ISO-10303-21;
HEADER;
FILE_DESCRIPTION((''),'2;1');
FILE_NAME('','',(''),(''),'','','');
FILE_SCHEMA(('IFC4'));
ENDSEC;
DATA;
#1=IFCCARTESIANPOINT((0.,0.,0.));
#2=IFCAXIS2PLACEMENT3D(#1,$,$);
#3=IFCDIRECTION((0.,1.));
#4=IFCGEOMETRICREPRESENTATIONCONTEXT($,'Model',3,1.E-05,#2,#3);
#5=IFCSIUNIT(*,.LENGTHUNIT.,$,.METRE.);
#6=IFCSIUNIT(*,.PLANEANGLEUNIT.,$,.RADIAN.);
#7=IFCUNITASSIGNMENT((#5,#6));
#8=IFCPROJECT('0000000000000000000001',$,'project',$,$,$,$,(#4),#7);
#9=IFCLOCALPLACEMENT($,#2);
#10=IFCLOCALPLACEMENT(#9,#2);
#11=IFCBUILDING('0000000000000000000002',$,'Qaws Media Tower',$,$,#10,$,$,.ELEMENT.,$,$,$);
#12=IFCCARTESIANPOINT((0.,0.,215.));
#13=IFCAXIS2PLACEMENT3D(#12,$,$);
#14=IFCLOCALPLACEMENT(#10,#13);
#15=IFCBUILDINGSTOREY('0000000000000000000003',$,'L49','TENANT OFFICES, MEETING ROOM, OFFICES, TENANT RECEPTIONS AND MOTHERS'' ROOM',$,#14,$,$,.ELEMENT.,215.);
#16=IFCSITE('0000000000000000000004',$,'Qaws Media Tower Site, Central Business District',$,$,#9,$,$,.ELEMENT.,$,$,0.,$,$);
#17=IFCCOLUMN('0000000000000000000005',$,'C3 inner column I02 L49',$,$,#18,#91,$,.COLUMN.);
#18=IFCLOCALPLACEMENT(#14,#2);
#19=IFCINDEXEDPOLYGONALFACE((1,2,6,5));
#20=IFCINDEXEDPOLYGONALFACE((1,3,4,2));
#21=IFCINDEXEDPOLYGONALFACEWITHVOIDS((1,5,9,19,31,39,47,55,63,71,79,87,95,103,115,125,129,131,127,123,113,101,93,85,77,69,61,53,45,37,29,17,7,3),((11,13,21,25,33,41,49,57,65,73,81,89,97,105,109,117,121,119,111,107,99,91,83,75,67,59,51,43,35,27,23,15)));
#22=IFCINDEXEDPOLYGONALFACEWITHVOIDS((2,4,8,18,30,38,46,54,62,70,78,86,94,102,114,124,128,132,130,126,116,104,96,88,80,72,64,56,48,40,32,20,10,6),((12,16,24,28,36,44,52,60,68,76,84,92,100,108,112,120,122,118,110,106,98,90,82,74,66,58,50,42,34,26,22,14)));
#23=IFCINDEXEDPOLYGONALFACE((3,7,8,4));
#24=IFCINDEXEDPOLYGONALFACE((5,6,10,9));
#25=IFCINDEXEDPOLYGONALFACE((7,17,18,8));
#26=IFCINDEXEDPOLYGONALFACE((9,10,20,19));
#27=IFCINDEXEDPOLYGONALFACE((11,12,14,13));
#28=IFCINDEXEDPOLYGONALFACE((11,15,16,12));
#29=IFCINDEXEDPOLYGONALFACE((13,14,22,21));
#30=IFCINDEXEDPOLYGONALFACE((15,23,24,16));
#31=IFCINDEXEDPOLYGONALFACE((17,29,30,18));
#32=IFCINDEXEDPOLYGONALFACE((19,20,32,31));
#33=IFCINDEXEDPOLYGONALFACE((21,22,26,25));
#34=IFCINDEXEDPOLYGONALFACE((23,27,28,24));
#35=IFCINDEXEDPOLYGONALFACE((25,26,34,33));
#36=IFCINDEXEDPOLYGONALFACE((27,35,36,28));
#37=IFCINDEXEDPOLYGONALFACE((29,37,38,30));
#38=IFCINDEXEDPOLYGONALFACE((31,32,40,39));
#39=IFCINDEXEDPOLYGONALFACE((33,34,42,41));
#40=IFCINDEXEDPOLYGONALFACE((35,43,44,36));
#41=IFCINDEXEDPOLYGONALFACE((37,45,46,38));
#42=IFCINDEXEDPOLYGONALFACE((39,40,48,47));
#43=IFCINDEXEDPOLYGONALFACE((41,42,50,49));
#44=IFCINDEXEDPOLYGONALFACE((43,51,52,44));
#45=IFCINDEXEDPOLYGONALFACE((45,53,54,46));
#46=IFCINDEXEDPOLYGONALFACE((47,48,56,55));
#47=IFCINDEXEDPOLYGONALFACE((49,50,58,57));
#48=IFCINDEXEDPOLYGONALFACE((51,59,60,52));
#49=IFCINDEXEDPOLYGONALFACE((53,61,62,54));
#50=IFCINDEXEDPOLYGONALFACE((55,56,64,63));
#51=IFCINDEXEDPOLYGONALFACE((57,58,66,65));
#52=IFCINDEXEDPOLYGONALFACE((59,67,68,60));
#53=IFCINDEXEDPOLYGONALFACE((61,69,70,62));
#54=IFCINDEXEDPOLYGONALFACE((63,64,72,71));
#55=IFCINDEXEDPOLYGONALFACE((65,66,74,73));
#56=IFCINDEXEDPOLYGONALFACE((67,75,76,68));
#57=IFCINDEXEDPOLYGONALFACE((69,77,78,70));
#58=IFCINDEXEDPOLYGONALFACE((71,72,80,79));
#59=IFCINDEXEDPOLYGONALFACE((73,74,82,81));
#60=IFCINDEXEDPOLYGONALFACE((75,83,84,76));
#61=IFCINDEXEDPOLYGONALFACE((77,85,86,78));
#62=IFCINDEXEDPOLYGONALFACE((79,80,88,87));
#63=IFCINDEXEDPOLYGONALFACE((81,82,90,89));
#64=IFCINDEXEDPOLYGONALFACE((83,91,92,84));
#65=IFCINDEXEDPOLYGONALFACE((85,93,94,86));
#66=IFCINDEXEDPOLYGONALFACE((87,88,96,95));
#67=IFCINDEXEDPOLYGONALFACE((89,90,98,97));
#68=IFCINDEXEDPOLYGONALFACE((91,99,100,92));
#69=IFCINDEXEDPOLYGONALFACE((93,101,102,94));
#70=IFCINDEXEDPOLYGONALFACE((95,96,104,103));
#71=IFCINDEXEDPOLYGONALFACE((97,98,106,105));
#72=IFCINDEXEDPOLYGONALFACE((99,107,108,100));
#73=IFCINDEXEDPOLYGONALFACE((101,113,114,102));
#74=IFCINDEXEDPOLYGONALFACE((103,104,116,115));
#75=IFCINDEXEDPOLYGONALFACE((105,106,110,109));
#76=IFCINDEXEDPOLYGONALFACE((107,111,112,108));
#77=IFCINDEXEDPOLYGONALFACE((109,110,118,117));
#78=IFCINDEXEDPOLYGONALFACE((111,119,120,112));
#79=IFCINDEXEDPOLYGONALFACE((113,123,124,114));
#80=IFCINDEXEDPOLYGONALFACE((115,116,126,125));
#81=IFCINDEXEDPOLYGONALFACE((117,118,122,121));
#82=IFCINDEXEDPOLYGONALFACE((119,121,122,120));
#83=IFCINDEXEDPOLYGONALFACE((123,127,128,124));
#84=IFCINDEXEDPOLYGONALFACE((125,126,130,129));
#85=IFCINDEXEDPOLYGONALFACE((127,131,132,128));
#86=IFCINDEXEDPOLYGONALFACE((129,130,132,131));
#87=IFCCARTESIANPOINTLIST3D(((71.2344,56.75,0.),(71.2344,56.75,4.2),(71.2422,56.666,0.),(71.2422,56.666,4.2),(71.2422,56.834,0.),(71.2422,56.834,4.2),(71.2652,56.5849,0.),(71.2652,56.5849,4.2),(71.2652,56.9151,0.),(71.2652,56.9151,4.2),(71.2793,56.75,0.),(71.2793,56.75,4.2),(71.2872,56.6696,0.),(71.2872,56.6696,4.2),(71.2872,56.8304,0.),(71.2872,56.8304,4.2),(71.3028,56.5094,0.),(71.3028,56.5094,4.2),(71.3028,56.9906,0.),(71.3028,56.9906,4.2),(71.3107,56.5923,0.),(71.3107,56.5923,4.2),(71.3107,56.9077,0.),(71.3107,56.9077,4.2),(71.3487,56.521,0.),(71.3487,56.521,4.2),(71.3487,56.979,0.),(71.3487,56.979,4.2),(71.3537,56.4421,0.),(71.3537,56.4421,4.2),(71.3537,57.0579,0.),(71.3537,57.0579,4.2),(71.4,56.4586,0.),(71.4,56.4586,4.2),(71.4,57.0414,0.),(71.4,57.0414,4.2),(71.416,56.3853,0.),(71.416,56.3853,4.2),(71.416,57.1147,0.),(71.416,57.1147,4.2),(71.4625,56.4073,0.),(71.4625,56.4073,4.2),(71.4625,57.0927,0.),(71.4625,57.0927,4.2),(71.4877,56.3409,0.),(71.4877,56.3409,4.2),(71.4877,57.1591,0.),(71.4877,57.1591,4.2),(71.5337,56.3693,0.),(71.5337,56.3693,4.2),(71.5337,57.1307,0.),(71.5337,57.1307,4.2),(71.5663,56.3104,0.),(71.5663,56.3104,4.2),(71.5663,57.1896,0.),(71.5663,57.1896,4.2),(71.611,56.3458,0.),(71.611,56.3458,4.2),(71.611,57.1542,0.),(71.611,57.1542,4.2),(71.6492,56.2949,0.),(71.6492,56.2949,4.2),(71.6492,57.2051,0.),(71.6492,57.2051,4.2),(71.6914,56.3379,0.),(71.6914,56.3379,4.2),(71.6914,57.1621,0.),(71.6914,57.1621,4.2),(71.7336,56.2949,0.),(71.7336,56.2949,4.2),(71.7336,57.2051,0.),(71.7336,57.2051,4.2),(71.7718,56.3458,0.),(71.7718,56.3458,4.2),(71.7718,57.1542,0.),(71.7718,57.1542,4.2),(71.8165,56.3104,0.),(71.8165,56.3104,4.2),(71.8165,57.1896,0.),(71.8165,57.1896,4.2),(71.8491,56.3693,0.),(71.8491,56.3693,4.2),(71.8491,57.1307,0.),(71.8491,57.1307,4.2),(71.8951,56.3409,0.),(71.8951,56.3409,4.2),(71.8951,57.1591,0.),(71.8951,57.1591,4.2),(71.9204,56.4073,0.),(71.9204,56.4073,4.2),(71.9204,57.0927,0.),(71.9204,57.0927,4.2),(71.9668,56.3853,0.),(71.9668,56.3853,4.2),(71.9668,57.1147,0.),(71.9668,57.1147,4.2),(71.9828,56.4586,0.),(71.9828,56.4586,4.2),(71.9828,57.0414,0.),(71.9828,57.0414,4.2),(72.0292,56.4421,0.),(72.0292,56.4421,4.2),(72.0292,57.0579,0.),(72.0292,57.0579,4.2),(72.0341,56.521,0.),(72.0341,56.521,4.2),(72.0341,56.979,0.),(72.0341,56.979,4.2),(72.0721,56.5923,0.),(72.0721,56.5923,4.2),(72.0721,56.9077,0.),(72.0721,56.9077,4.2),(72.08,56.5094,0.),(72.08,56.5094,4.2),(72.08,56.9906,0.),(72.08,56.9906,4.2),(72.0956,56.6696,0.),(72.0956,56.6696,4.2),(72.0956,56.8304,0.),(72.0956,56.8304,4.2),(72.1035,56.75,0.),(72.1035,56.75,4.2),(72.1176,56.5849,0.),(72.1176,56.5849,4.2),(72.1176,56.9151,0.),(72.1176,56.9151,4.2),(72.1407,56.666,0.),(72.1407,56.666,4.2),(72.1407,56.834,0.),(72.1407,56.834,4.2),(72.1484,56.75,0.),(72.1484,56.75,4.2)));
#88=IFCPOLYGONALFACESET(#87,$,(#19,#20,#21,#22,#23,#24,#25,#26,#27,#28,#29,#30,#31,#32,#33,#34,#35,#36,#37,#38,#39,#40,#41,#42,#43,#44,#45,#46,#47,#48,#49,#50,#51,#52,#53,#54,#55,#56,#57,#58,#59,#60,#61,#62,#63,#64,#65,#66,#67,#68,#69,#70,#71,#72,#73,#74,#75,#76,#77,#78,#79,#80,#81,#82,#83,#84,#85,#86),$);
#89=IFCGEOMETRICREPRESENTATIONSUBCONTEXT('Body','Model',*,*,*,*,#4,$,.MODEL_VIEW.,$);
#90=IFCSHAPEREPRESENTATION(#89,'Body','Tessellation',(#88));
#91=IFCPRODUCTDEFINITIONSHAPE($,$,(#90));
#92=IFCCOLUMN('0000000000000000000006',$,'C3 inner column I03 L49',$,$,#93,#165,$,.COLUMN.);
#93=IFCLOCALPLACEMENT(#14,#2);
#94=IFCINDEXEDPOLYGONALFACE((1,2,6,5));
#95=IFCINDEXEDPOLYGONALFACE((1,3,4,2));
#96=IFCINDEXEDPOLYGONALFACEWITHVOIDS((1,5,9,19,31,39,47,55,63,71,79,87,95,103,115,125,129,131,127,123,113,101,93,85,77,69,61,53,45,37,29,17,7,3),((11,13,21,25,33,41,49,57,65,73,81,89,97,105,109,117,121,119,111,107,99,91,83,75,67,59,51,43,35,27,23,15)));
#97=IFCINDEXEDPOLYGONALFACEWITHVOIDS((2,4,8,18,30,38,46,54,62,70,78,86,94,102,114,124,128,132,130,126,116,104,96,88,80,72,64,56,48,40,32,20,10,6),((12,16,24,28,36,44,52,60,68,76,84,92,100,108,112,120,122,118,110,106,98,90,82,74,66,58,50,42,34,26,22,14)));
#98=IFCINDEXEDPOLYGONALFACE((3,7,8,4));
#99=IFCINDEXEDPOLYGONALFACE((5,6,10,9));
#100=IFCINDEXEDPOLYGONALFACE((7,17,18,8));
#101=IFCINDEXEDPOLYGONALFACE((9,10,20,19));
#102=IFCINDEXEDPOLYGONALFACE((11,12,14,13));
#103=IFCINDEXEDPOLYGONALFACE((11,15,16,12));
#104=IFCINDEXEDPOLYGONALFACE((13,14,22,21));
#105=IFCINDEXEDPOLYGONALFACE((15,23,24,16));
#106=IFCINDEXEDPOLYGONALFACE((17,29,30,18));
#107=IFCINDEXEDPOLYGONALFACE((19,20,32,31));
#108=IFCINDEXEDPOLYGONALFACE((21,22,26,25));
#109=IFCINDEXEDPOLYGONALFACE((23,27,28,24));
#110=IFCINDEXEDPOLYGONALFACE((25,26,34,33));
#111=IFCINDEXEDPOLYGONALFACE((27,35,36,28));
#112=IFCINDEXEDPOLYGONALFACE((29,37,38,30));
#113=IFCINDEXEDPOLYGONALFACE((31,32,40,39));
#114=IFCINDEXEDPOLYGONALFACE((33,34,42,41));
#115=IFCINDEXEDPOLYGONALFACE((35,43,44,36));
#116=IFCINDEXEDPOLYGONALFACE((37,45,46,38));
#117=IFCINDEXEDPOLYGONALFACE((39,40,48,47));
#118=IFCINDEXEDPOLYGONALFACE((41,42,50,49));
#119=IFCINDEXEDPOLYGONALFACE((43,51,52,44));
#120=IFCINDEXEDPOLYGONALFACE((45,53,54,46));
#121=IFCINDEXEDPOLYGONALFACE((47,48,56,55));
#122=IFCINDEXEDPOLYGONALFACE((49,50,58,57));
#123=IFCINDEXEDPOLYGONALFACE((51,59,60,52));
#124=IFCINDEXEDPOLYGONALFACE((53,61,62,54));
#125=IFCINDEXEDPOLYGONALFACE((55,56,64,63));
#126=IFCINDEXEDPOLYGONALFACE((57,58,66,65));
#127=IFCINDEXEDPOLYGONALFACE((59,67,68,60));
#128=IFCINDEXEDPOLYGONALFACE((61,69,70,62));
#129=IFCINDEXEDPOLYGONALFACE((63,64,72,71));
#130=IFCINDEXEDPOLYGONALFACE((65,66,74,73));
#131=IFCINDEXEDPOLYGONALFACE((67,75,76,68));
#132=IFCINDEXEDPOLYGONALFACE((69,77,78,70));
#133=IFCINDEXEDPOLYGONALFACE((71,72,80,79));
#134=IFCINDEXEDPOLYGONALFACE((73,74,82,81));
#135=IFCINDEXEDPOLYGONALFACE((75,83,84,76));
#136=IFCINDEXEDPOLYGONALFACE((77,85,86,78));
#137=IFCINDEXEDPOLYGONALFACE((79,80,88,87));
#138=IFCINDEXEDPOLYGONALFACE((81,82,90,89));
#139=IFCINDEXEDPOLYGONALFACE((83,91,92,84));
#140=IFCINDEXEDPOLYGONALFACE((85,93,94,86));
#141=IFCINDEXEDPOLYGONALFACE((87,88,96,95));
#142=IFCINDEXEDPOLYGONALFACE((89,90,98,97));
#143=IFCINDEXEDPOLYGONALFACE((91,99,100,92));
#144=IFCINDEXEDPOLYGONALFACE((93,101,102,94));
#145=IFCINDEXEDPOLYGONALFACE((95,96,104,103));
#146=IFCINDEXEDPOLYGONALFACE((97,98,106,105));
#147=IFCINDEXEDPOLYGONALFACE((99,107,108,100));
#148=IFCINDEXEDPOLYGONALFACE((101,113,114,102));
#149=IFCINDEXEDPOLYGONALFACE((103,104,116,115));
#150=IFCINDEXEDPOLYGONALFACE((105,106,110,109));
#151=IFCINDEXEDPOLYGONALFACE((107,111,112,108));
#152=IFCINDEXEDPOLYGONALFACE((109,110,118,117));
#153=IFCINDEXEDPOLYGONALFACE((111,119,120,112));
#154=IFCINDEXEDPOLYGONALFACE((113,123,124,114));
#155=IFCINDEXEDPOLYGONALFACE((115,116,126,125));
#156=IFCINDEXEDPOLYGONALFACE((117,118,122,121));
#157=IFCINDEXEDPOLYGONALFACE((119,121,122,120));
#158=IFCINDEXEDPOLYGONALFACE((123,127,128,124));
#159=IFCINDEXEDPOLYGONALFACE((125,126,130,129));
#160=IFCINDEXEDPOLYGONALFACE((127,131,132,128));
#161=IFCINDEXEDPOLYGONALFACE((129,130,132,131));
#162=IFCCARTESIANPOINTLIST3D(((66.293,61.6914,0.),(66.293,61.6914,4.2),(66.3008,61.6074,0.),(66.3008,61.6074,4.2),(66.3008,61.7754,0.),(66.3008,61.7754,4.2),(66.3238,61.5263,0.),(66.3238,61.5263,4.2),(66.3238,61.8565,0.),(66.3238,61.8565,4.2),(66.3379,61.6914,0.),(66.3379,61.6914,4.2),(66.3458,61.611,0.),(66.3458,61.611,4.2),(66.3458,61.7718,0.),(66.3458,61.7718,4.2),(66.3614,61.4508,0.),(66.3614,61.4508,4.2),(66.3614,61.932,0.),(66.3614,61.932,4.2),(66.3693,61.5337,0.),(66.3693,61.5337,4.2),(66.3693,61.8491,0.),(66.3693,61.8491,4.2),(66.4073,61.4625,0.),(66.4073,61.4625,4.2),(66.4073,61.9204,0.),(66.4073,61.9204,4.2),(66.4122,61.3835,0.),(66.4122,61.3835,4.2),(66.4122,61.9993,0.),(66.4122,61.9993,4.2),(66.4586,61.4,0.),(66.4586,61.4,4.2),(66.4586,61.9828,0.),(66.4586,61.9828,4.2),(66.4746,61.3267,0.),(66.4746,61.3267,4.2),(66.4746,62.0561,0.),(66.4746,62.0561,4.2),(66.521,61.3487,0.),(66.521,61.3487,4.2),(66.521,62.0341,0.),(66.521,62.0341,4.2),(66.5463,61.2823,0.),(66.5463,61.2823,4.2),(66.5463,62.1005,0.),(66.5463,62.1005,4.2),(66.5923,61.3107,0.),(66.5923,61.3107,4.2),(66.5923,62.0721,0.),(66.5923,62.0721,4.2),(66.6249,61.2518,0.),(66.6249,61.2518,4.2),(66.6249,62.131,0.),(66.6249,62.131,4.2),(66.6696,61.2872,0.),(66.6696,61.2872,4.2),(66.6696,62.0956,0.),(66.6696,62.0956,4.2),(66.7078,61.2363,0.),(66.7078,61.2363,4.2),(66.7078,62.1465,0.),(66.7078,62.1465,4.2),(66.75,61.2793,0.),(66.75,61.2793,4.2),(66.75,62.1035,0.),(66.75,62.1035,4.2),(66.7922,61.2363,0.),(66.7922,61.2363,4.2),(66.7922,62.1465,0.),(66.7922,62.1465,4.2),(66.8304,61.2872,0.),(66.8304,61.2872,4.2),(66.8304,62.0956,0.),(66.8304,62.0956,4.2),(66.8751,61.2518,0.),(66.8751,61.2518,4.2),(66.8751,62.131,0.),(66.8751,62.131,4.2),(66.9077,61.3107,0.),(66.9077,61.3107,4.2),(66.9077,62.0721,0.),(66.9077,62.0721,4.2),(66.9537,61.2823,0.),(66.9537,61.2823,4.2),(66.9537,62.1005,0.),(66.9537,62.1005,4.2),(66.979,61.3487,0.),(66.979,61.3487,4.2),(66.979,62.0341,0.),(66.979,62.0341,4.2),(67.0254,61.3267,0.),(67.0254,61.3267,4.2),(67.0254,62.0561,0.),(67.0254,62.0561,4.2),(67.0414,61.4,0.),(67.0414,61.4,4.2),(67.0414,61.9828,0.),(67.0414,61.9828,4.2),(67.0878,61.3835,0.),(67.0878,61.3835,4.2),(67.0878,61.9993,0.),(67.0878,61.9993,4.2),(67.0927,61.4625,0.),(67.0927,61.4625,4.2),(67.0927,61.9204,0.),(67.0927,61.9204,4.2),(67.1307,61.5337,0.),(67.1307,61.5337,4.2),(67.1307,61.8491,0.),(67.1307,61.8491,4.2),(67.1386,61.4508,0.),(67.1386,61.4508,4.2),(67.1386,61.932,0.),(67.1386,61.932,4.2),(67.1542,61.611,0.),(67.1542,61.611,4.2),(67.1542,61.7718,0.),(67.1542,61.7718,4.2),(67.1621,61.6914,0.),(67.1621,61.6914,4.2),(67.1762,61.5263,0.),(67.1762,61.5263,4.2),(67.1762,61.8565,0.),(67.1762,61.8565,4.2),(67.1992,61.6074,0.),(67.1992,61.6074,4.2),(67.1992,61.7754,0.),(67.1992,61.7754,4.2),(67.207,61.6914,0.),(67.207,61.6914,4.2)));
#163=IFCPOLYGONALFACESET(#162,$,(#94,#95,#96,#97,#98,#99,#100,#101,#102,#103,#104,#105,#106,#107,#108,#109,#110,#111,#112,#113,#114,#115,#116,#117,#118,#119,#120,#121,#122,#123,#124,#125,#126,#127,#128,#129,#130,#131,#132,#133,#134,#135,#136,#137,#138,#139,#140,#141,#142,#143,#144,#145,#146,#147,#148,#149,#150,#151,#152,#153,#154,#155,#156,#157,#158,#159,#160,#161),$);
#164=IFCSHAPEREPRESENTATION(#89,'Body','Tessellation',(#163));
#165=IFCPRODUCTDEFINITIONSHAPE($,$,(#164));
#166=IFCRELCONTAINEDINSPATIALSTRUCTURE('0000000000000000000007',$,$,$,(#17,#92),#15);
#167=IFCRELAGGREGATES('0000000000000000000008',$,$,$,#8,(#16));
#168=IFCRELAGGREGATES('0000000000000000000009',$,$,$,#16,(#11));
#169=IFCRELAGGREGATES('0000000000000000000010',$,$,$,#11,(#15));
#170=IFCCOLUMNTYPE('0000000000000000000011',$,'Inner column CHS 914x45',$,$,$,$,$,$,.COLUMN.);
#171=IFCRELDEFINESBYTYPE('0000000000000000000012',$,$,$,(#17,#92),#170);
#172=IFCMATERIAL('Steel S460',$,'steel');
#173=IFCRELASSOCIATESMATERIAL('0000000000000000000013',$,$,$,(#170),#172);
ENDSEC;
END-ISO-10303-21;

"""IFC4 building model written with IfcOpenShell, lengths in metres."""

from ifc_helpers import new_model, si_unit, direction, frame, origin, origin_2d, place, context, subcontext, project, spatial, hollow_circle, extrude, material, material_profile, profile_set, type_object, element, save


model = new_model("IFC4")

# Units and contexts
model_context = context("Model", 3, precision=1e-05, world=origin(), true_north=direction((0.0, 1.0)))
body_context = subcontext(model_context, "Body", "Model", "MODEL_VIEW")
ifc_project = project(units=[si_unit("LENGTHUNIT", "METRE"), si_unit("PLANEANGLEUNIT", "RADIAN")], contexts=[model_context])

# Site, building, storey
site_placement = place(None, origin())
site = spatial("IfcSite", under=ifc_project, at=site_placement, Name="Qaws Media Tower Site, Central Business District", CompositionType="ELEMENT", RefElevation=0.0)
building_placement = place(site_placement, origin())
building = spatial("IfcBuilding", under=site, at=building_placement, Name="Qaws Media Tower", CompositionType="ELEMENT")
storey_placement = place(building_placement, frame((0.0, 0.0, 215.0)))
storey = spatial("IfcBuildingStorey", under=building, at=storey_placement, Name="L49", Description="TENANT OFFICES, MEETING ROOM, OFFICES, TENANT RECEPTIONS AND MOTHERS' ROOM", CompositionType="ELEMENT", Elevation=215.0)

# Columns
ifc_material_1 = material(Name="Steel S460", Category="steel")
ifc_material_profile_1 = material_profile(ifc_material_1, hollow_circle(Radius=0.457, WallThickness=0.0449, at=origin_2d()), Name="CHS 914x45")
ifc_profile_set_1 = profile_set([ifc_material_profile_1], Name="Steel S460")
column_type = type_object("IfcColumnType", Name="Inner column CHS 914x45", PredefinedType="COLUMN", material=ifc_profile_set_1)
for number, where, z_axis, x_axis, name in (
    (1, (71.6914, 56.75, 0.0), (0.0, 0.0, 1.0), (1.0, 0.0, 0.0), "C3 inner column I02 L49"),
    (2, (66.75, 61.6914, 0.0), (0.0, 0.0, 1.0), (1.0, 0.0, 0.0), "C3 inner column I03 L49"),
):
    element("IfcColumn", number, at=place(storey_placement, frame(where, z_axis=z_axis, x_axis=x_axis)), inside=storey, type_object=column_type, Name=name, PredefinedType="COLUMN", context=body_context, shape_type="SweptSolid", body=[
        extrude(hollow_circle(Radius=0.457, WallThickness=0.0449, at=origin_2d()), origin(), (0.0, 0.0, 1.0), 4.2),
    ])

save(model, "model.ifc")
